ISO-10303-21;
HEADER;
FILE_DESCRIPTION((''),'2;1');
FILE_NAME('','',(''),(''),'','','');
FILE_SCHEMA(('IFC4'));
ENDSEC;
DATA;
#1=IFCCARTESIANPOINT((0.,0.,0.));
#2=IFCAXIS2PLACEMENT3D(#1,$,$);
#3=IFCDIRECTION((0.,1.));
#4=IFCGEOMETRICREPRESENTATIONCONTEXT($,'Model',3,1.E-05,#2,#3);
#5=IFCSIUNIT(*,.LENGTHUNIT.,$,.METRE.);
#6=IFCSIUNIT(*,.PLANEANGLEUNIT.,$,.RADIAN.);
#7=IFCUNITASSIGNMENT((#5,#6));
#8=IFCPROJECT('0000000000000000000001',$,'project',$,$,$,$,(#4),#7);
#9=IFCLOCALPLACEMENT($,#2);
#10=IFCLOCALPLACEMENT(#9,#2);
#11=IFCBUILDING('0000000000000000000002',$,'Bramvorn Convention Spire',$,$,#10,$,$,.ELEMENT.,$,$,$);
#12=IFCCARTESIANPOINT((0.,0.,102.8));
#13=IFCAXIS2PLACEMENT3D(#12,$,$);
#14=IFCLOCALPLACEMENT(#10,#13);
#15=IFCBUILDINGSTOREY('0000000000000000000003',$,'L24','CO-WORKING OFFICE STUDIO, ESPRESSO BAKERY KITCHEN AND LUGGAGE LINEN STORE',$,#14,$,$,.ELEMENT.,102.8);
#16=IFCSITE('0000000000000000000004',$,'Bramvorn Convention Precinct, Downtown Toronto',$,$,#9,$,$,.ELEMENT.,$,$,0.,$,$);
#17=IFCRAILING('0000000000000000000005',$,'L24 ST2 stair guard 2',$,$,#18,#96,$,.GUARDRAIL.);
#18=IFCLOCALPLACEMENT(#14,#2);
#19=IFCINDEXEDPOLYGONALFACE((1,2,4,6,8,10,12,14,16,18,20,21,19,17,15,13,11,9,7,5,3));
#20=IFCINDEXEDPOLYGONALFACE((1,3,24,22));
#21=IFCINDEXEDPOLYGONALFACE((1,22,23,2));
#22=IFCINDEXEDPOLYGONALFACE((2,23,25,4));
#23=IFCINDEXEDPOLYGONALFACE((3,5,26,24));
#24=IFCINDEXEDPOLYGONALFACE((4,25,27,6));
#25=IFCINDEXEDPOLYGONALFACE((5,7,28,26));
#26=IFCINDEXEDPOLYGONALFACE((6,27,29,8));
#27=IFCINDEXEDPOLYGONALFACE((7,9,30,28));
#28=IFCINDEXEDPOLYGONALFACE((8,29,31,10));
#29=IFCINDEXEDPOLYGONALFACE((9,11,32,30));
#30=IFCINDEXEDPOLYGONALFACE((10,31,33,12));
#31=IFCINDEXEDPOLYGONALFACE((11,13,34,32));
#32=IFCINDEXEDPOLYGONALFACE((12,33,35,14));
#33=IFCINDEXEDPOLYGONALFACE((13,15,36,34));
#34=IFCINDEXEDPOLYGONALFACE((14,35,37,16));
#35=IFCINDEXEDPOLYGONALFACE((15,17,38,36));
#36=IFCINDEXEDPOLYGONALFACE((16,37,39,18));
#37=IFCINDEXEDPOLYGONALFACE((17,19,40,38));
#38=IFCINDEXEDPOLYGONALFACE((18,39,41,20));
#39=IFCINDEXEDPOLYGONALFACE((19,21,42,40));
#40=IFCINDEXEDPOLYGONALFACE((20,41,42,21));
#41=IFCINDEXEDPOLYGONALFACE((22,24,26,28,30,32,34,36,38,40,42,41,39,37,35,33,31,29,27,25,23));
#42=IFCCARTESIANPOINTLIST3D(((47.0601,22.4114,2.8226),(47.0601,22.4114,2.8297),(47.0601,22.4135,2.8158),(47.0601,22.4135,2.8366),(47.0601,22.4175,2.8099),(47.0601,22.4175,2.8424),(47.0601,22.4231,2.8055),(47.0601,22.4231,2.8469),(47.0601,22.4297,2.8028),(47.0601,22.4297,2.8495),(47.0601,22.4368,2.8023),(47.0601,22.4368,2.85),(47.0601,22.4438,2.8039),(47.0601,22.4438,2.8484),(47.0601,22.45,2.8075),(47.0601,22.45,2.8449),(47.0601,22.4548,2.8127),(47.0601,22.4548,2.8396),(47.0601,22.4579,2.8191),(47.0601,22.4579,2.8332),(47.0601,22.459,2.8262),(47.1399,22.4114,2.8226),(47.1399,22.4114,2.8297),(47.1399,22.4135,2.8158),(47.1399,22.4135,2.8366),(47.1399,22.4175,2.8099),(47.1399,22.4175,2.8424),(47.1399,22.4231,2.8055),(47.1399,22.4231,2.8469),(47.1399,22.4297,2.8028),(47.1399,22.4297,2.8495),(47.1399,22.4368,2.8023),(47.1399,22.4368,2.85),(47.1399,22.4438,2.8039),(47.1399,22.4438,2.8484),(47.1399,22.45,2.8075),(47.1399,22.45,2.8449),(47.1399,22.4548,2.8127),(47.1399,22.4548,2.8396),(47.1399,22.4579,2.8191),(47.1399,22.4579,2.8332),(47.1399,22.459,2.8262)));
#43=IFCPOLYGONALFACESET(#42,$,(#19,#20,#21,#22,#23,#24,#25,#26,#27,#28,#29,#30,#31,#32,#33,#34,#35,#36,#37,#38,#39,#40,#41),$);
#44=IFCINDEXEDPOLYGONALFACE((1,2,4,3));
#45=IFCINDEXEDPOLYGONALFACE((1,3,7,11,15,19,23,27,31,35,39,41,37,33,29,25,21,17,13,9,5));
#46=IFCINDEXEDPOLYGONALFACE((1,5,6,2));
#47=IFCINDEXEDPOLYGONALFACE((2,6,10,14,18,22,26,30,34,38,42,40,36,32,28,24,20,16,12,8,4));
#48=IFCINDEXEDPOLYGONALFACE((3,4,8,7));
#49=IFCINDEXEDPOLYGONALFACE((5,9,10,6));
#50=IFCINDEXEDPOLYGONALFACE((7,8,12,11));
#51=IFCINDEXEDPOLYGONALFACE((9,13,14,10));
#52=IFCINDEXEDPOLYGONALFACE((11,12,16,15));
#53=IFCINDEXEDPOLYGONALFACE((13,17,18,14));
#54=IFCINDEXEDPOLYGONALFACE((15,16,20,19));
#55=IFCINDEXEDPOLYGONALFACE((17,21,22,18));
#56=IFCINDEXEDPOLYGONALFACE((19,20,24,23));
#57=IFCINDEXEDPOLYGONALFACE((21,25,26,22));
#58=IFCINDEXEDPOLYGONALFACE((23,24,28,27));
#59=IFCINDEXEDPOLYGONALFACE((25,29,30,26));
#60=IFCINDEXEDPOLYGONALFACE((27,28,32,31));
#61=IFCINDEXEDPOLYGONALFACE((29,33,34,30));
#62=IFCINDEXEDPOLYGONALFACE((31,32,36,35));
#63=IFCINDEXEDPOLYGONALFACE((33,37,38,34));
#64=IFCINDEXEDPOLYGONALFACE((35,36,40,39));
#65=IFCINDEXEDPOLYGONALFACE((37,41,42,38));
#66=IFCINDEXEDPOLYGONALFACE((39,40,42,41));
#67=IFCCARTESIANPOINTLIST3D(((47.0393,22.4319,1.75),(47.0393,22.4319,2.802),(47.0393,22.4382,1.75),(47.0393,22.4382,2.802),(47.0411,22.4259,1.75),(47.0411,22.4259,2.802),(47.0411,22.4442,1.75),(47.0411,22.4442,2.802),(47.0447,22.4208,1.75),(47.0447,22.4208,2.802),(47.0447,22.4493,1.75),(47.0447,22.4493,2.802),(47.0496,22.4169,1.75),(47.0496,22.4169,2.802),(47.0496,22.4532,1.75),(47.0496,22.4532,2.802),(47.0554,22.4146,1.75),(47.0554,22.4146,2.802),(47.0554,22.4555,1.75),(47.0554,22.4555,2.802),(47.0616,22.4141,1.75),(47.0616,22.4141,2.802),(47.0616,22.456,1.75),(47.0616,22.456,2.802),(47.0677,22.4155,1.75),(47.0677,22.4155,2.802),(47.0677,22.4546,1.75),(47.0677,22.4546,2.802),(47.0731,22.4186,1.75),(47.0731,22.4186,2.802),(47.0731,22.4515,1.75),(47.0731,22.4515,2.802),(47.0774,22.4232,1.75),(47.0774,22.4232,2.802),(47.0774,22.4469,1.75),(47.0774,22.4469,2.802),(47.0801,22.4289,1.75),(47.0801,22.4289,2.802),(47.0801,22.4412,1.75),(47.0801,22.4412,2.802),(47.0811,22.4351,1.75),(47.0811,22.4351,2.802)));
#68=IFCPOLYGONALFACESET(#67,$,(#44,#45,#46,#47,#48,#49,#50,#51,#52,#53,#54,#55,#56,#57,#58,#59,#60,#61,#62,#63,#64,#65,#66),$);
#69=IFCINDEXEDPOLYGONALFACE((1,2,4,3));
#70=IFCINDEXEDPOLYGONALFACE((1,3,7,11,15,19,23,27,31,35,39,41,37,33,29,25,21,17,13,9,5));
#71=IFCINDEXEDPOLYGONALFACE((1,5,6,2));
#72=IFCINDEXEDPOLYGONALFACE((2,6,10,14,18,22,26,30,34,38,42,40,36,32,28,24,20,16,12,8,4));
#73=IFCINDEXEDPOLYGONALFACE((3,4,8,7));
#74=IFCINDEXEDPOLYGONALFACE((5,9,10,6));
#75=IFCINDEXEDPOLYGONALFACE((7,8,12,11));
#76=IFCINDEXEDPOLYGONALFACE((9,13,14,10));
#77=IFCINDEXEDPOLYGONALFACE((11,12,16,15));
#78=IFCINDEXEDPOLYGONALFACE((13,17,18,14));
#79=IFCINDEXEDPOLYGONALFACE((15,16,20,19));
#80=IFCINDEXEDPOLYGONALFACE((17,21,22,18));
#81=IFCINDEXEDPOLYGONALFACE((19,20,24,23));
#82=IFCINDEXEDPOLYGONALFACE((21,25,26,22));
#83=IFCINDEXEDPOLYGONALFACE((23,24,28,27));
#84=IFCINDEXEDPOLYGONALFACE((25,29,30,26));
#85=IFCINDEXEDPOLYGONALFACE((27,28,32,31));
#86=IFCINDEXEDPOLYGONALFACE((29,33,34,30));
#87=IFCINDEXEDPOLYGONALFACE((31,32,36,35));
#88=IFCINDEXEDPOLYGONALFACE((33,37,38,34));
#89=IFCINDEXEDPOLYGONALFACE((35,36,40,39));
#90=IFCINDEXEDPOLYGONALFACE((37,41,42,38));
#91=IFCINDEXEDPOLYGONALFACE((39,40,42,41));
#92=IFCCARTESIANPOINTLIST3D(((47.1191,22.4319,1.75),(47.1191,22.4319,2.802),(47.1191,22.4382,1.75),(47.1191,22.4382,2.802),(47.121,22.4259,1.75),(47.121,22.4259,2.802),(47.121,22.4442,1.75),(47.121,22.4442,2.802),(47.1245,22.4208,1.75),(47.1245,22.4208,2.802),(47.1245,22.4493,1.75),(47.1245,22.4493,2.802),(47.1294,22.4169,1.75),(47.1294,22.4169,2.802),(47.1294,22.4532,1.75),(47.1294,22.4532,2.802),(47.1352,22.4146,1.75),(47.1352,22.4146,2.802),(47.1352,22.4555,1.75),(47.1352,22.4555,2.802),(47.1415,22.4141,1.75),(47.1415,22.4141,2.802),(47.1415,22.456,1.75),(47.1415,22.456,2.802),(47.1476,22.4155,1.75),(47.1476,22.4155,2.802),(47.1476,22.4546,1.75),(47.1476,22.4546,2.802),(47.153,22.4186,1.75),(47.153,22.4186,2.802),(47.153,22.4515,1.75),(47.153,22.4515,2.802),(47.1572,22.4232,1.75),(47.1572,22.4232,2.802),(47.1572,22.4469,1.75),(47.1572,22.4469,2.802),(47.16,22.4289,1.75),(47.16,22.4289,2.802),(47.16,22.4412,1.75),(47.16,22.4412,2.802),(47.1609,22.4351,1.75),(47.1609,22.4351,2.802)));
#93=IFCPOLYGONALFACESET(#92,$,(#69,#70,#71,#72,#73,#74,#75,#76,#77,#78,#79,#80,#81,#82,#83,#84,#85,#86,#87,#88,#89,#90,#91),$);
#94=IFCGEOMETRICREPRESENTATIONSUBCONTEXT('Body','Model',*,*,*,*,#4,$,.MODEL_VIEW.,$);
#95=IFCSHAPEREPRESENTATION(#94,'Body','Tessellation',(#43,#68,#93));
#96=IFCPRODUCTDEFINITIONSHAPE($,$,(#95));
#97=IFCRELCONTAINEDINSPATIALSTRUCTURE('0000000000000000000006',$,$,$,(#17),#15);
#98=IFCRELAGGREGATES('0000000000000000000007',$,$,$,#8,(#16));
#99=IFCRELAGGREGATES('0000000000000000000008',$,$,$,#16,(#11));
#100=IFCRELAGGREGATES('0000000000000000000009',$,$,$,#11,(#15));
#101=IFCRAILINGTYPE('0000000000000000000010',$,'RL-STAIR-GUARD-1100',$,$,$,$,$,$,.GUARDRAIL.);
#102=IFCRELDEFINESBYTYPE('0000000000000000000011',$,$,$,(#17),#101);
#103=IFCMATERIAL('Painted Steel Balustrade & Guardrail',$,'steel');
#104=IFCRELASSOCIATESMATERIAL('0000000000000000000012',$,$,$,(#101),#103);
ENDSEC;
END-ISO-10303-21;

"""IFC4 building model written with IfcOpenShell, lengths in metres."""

from ifc_helpers import new_model, si_unit, direction, frame, origin, origin_2d, place, context, subcontext, project, spatial, circle, extrude, material, type_object, element, save


model = new_model("IFC4")

# Units and contexts
model_context = context("Model", 3, precision=1e-05, world=origin(), true_north=direction((0.0, 1.0)))
body_context = subcontext(model_context, "Body", "Model", "MODEL_VIEW")
ifc_project = project(units=[si_unit("LENGTHUNIT", "METRE"), si_unit("PLANEANGLEUNIT", "RADIAN")], contexts=[model_context])

# Site, building, storey
site_placement = place(None, origin())
site = spatial("IfcSite", under=ifc_project, at=site_placement, Name="Bramvorn Convention Precinct, Downtown Toronto", CompositionType="ELEMENT", RefElevation=0.0)
building_placement = place(site_placement, origin())
building = spatial("IfcBuilding", under=site, at=building_placement, Name="Bramvorn Convention Spire", CompositionType="ELEMENT")
storey_placement = place(building_placement, frame((0.0, 0.0, 102.8)))
storey = spatial("IfcBuildingStorey", under=building, at=storey_placement, Name="L24", Description="CO-WORKING OFFICE STUDIO, ESPRESSO BAKERY KITCHEN AND LUGGAGE LINEN STORE", CompositionType="ELEMENT", Elevation=102.8)

# Railing
ifc_material_1 = material(Name="Painted Steel Balustrade & Guardrail", Category="steel")
railing_type = type_object("IfcRailingType", Name="RL-STAIR-GUARD-1100", PredefinedType="GUARDRAIL", material=ifc_material_1)
railing_1_placement = place(storey_placement, frame((47.0601, 22.4351, 1.75)))
element("IfcRailing", 1, at=railing_1_placement, inside=storey, type_object=railing_type, Name="L24 ST2 stair guard 2", PredefinedType="GUARDRAIL", context=body_context, shape_type="SweptSolid", body=[
    extrude(circle(Radius=0.0239, at=origin_2d()), frame((0.0, 0.0, 1.0762), z_axis=(1.0, 0.0, 0.0), x_axis=(0.0, 1.0, 0.0)), (0.0, 0.0, 1.0), 0.0798),
    extrude(circle(Radius=0.021, at=origin_2d()), origin(), (0.0, 0.0, 1.0), 1.052),
    extrude(circle(Radius=0.021, at=origin_2d()), frame((0.0798, 0.0, 0.0)), (0.0, 0.0, 1.0), 1.052),
])

save(model, "model.ifc")
